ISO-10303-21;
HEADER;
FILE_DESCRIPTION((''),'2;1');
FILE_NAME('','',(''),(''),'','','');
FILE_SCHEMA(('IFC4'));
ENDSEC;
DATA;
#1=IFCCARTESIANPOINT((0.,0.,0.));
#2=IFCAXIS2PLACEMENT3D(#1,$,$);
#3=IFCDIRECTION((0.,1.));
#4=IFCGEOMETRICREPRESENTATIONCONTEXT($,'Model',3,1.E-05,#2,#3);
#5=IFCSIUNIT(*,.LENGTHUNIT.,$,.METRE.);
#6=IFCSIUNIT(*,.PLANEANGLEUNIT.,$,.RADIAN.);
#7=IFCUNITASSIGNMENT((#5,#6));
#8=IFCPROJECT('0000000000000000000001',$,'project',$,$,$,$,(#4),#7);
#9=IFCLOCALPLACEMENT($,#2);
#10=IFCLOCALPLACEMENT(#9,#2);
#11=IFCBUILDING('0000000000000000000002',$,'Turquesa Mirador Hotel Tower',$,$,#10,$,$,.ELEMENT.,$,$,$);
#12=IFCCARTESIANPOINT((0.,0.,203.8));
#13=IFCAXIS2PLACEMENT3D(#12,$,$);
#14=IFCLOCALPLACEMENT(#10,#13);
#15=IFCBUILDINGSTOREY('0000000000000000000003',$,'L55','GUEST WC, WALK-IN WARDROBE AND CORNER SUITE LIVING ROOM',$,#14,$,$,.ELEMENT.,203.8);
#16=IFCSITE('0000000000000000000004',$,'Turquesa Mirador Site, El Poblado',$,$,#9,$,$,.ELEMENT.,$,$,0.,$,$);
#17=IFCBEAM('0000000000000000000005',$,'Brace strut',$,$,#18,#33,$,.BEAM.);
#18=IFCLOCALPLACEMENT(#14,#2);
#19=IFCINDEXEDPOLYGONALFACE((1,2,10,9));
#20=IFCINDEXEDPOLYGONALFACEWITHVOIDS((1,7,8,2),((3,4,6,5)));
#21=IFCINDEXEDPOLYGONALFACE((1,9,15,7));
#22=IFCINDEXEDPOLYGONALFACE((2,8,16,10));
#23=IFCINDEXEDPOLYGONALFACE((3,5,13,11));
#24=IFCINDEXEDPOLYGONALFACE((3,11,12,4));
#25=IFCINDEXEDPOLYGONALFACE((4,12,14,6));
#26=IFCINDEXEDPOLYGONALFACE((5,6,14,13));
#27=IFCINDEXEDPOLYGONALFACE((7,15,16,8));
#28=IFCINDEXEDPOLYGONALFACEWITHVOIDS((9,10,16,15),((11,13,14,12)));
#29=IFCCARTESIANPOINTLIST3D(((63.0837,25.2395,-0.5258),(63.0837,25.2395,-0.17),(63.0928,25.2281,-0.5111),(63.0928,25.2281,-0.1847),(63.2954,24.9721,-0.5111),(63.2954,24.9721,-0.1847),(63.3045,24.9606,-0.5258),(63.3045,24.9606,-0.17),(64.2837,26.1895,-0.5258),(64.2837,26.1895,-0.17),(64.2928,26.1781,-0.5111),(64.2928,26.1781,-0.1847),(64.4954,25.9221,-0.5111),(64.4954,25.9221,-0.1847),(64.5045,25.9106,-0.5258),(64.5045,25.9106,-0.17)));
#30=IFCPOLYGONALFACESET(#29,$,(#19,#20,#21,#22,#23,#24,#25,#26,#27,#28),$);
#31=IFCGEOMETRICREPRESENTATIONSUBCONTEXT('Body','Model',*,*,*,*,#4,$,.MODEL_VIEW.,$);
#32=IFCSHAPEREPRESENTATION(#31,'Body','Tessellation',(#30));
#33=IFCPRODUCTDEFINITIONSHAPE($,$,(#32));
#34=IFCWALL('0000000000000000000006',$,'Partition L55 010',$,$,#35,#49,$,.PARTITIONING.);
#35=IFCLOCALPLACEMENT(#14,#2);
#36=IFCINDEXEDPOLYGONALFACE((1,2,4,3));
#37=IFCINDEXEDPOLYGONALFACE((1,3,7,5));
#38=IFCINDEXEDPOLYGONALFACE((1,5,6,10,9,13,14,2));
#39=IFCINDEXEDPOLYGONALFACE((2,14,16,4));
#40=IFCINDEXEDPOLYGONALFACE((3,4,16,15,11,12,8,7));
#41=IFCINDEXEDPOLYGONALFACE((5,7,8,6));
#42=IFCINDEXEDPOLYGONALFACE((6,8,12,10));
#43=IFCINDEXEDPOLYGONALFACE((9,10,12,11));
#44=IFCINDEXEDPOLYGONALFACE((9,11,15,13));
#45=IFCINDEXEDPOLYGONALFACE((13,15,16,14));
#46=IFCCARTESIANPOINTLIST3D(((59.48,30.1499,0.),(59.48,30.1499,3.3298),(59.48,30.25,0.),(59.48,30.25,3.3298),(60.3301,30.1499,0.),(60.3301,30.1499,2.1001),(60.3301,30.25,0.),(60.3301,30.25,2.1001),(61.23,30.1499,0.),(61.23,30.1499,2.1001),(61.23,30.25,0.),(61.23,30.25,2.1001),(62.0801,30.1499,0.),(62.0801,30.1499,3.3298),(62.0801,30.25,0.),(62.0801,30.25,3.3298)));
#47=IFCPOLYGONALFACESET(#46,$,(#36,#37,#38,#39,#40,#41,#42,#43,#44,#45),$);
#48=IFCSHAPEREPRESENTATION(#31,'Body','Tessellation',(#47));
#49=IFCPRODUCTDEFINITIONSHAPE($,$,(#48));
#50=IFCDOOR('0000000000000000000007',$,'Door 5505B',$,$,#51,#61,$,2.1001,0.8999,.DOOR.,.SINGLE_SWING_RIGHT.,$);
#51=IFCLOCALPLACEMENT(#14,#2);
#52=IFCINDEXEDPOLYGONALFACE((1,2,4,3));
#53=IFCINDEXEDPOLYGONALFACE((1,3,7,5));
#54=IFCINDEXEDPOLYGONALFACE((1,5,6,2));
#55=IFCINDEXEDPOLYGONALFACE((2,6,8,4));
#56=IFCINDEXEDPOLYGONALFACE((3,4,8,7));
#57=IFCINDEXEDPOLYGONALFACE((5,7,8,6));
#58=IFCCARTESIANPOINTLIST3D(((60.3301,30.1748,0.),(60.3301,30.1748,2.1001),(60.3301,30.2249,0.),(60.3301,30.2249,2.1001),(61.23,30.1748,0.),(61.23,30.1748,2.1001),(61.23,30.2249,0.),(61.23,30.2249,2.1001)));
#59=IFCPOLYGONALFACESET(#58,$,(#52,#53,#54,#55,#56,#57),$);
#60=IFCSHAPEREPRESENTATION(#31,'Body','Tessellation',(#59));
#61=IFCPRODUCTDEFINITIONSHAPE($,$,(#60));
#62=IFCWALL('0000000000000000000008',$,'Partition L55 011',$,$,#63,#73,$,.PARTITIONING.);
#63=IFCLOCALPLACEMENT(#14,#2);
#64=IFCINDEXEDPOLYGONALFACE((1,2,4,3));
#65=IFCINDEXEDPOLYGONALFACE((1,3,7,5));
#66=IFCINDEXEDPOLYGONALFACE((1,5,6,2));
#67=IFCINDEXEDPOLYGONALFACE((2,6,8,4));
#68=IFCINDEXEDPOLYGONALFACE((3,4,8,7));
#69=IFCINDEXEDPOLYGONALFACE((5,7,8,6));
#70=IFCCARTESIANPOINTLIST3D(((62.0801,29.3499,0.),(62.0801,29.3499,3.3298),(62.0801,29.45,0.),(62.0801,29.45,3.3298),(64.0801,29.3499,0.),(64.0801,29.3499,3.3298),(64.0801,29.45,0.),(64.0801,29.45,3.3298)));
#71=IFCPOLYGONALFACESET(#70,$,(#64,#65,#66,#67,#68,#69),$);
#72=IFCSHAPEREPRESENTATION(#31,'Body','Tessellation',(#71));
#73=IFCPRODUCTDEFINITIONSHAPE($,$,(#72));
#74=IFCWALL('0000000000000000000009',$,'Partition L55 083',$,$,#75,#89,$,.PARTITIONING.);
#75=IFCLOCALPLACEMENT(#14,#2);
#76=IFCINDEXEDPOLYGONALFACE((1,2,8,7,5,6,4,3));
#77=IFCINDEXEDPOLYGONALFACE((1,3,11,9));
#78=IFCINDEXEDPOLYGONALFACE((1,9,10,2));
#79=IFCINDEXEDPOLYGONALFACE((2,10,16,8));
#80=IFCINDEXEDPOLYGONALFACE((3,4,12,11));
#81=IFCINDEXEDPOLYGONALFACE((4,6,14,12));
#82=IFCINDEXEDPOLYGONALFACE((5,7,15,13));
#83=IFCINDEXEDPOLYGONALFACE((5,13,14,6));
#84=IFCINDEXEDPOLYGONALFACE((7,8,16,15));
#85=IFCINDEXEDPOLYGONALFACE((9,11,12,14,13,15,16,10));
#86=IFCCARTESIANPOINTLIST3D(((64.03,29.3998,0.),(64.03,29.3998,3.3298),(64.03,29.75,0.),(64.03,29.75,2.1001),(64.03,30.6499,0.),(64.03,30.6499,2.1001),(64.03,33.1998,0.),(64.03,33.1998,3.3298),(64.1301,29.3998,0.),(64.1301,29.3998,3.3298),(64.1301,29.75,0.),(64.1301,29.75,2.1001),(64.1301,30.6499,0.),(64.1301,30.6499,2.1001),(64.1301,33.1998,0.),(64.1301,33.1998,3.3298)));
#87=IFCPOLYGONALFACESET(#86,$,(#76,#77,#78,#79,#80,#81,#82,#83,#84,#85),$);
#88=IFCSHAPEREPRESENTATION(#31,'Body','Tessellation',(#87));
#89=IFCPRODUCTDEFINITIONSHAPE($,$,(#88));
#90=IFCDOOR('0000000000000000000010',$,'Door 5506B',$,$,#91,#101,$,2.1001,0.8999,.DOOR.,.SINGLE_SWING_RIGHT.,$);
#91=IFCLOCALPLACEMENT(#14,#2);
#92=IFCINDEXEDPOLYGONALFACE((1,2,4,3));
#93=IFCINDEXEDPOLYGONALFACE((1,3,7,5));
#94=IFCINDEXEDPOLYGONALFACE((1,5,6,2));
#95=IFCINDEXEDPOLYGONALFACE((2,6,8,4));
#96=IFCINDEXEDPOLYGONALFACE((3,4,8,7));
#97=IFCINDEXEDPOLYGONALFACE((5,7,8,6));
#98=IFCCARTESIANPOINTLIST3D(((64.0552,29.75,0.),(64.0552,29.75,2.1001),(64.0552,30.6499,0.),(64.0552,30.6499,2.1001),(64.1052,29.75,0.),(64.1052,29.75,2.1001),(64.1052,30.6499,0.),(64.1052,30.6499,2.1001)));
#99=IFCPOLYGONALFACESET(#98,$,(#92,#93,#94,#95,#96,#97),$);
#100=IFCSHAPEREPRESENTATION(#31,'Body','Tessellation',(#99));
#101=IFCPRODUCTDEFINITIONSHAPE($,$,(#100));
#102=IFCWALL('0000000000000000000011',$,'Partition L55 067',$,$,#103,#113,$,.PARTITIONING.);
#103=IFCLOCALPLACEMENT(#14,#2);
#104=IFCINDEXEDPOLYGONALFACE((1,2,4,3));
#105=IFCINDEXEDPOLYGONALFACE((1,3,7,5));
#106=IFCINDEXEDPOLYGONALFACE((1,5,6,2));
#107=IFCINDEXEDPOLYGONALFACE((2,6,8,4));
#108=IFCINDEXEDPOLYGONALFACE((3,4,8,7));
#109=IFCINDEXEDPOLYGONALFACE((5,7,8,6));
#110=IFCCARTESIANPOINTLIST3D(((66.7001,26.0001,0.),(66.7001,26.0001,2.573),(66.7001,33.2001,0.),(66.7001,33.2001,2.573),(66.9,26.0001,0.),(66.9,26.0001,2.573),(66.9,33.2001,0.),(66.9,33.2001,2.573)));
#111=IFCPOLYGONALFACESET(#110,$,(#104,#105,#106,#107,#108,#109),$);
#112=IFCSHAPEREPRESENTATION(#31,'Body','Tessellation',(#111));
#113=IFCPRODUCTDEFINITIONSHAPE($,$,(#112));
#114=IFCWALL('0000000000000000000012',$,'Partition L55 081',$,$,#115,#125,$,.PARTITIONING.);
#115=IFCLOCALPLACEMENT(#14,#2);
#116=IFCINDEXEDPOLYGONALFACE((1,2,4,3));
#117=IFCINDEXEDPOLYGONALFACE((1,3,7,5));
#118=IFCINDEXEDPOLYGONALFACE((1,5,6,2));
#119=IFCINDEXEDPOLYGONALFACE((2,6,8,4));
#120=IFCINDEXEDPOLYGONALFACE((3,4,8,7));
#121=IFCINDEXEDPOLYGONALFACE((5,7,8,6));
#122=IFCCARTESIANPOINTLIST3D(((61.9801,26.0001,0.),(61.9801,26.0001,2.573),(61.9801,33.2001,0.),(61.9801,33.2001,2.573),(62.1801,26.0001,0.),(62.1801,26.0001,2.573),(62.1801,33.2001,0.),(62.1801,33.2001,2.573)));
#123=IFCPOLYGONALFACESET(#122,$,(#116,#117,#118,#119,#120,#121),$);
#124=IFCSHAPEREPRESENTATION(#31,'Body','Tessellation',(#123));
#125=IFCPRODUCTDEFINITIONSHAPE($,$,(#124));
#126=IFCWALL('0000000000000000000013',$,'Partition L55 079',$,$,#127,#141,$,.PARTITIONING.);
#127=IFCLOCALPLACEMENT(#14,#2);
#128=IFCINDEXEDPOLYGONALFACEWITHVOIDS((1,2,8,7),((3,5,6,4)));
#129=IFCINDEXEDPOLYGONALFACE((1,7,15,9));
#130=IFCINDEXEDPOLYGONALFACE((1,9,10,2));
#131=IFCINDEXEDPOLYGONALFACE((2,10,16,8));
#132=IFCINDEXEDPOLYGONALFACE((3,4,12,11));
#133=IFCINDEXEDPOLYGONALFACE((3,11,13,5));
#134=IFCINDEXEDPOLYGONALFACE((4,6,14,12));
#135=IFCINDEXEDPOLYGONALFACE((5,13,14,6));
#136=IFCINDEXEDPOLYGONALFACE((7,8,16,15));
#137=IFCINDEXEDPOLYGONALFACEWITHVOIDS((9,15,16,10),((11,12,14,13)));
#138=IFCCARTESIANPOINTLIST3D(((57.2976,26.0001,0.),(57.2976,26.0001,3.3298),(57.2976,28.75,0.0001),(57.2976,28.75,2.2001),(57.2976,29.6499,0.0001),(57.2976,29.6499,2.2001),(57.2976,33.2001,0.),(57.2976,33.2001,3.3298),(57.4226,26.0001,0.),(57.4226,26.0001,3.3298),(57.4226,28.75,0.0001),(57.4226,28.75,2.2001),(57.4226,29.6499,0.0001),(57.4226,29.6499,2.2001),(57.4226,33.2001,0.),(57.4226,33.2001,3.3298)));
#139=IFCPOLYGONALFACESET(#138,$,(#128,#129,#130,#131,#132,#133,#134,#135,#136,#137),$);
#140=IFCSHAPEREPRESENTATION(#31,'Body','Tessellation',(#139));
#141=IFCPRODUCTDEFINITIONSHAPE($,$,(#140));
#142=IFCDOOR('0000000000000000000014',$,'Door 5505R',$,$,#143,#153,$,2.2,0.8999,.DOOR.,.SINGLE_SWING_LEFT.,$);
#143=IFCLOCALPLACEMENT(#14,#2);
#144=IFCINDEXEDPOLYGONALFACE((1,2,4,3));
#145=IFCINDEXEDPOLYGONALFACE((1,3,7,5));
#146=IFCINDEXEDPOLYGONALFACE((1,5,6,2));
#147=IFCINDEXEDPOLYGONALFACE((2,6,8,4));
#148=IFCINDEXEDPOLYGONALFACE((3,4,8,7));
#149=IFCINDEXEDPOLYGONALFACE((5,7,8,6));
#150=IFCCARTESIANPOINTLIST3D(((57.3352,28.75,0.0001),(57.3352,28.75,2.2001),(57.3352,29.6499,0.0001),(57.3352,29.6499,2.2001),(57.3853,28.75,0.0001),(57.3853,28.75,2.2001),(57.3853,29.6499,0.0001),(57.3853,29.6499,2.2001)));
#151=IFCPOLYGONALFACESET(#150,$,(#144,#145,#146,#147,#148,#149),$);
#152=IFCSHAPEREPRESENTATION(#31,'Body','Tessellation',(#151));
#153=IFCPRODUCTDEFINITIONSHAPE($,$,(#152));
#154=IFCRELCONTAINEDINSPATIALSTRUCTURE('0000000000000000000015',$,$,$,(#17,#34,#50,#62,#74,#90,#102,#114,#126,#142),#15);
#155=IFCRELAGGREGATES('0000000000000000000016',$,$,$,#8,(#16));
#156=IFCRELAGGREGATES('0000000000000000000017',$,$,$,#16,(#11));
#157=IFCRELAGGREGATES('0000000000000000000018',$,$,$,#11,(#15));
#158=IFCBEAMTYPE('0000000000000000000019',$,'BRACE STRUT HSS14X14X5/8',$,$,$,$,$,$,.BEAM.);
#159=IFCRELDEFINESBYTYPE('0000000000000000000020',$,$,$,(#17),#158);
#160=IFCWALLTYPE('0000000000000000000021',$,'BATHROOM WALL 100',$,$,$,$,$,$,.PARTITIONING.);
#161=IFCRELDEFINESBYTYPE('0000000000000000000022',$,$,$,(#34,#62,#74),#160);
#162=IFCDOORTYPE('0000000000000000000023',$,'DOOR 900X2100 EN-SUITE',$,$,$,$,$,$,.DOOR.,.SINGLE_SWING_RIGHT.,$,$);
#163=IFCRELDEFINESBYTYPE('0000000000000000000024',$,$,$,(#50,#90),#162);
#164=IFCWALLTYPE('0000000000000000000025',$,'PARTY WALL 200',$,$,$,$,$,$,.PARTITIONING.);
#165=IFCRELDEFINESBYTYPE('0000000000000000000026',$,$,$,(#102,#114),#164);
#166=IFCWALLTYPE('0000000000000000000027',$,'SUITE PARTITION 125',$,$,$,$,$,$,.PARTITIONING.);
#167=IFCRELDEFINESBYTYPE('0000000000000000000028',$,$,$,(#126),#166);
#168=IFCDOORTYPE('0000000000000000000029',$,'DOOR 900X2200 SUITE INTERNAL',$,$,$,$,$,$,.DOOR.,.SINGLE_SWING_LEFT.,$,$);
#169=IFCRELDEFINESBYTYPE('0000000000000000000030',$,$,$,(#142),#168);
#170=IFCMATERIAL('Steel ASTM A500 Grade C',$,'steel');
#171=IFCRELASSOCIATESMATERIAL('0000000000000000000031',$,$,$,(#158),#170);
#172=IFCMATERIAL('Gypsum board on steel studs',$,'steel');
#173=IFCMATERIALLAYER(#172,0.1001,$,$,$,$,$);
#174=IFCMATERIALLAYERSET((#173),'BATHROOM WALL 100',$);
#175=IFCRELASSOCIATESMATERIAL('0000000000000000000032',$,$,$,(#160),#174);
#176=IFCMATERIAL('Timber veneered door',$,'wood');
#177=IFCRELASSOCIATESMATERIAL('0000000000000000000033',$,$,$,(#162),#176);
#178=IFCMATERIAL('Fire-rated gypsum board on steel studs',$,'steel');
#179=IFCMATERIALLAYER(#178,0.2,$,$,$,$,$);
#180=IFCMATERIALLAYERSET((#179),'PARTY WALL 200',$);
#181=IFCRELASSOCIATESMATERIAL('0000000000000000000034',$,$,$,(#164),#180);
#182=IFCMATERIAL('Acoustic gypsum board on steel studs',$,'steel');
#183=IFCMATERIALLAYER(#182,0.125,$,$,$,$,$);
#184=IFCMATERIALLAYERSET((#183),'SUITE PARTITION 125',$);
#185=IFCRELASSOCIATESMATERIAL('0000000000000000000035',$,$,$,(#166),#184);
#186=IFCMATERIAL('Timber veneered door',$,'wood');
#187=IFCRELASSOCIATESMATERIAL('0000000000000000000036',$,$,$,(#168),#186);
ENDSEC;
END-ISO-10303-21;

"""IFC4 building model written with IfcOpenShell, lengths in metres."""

from ifc_helpers import new_model, si_unit, direction, frame, frame_2d, origin, origin_2d, place, context, subcontext, project, spatial, rectangle, hollow_rectangle, extrude, material, layer, layer_set, material_profile, profile_set, type_object, element, fill, save


model = new_model("IFC4")

# Units and contexts
model_context = context("Model", 3, precision=1e-05, world=origin(), true_north=direction((0.0, 1.0)))
body_context = subcontext(model_context, "Body", "Model", "MODEL_VIEW")
ifc_project = project(units=[si_unit("LENGTHUNIT", "METRE"), si_unit("PLANEANGLEUNIT", "RADIAN")], contexts=[model_context])

# Site, building, storey
site_placement = place(None, origin())
site = spatial("IfcSite", under=ifc_project, at=site_placement, Name="Turquesa Mirador Site, El Poblado", CompositionType="ELEMENT", RefElevation=0.0)
building_placement = place(site_placement, origin())
building = spatial("IfcBuilding", under=site, at=building_placement, Name="Turquesa Mirador Hotel Tower", CompositionType="ELEMENT")
storey_placement = place(building_placement, frame((0.0, 0.0, 203.8)))
storey = spatial("IfcBuildingStorey", under=building, at=storey_placement, Name="L55", Description="GUEST WC, WALK-IN WARDROBE AND CORNER SUITE LIVING ROOM", CompositionType="ELEMENT", Elevation=203.8)

# Beam
ifc_material_1 = material(Name="Steel ASTM A500 Grade C", Category="steel")
ifc_material_profile_1 = material_profile(ifc_material_1, hollow_rectangle(XDim=0.3557, YDim=0.3557, WallThickness=0.0146, at=origin_2d()), Name="HSS14X14X5/8")
ifc_profile_set_1 = profile_set([ifc_material_profile_1], Name="Steel ASTM A500 Grade C")
beam_type_1 = type_object("IfcBeamType", Name="BRACE STRUT HSS14X14X5/8", PredefinedType="BEAM", material=ifc_profile_set_1)
for number, where, z_axis, x_axis, name in (
    (1, (63.1941, 25.1001, -0.3479), (0.784049, 0.620699, 0.0), (-0.620699, 0.784049, 0.0), "Brace strut"),
):
    element("IfcBeam", number, at=place(storey_placement, frame(where, z_axis=z_axis, x_axis=x_axis)), inside=storey, type_object=beam_type_1, Name=name, PredefinedType="BEAM", context=body_context, shape_type="SweptSolid", body=[
        extrude(hollow_rectangle(XDim=0.3557, YDim=0.3557, WallThickness=0.0146, at=origin_2d()), origin(), (0.0, 0.0, 1.0), 1.5305),
    ])

# Wall, opening, door
ifc_material_2 = material(Name="Gypsum board on steel studs", Category="steel")
ifc_layer_1 = layer(ifc_material_2, 0.1001)
ifc_layer_set_1 = layer_set([ifc_layer_1], Name="BATHROOM WALL 100")
wall_type_1 = type_object("IfcWallType", Name="BATHROOM WALL 100", PredefinedType="PARTITIONING", material=ifc_layer_set_1)
wall_1_placement = place(storey_placement, frame((59.48, 30.2, 0.0), z_axis=(0.0, 0.0, 1.0), x_axis=(1.0, 0.0, 0.0)))
wall_1 = element("IfcWall", 2, at=wall_1_placement, inside=storey, type_object=wall_type_1, Name="Partition L55 010", PredefinedType="PARTITIONING", context=body_context, shape_type="SweptSolid", body=[
    extrude(rectangle(XDim=2.6001, YDim=0.1001, at=frame_2d((1.3, 0.0))), origin(), (0.0, 0.0, 1.0), 3.3298),
])
opening_1_placement = place(wall_1_placement, frame((0.8501, 0.0, 0.0)))
opening_1 = element("IfcOpeningElement", 3, at=opening_1_placement, cuts=wall_1, PredefinedType="OPENING", context=body_context, shape_type="SweptSolid", body=[
    extrude(rectangle(XDim=0.8999, YDim=2.1001, at=frame_2d((0.45, 1.05))), frame((0.0, 0.0601, 0.0), z_axis=(0.0, -1.0, 0.0), x_axis=(1.0, 0.0, 0.0)), (0.0, 0.0, 1.0), 0.1201),
])
ifc_material_3 = material(Name="Timber veneered door", Category="wood")
door_type_1 = type_object("IfcDoorType", Name="DOOR 900X2100 EN-SUITE", OperationType="SINGLE_SWING_RIGHT", PredefinedType="DOOR", material=ifc_material_3)
door_1_placement = place(opening_1_placement, origin())
door_1 = element("IfcDoor", 4, at=door_1_placement, inside=storey, type_object=door_type_1, Name="Door 5505B", OperationType="SINGLE_SWING_RIGHT", OverallHeight=2.1001, OverallWidth=0.8999, PredefinedType="DOOR", context=body_context, shape_type="SweptSolid", body=[
    extrude(rectangle(XDim=0.8999, YDim=2.1001, at=frame_2d((0.45, 1.05))), frame((0.0, 0.0249, 0.0), z_axis=(0.0, -1.0, 0.0), x_axis=(1.0, 0.0, 0.0)), (0.0, 0.0, 1.0), 0.05),
])
fill(opening_1, door_1)

# Wall
wall_2_placement = place(storey_placement, frame((62.0801, 29.3999, 0.0), z_axis=(0.0, 0.0, 1.0), x_axis=(1.0, 0.0, 0.0)))
element("IfcWall", 5, at=wall_2_placement, inside=storey, type_object=wall_type_1, Name="Partition L55 011", PredefinedType="PARTITIONING", context=body_context, shape_type="SweptSolid", body=[
    extrude(rectangle(XDim=2.0, YDim=0.1001, at=frame_2d((1.0, 0.0))), origin(), (0.0, 0.0, 1.0), 3.3298),
])

# Wall, opening, door
wall_3_placement = place(storey_placement, frame((64.0801, 29.3999, 0.0), z_axis=(0.0, 0.0, 1.0), x_axis=(0.0, 1.0, 0.0)))
wall_3 = element("IfcWall", 6, at=wall_3_placement, inside=storey, type_object=wall_type_1, Name="Partition L55 083", PredefinedType="PARTITIONING", context=body_context, shape_type="SweptSolid", body=[
    extrude(rectangle(XDim=3.8, YDim=0.1001, at=frame_2d((1.8999, 0.0))), origin(), (0.0, 0.0, 1.0), 3.3298),
])
opening_2_placement = place(wall_3_placement, frame((0.3501, 0.0, 0.0)))
opening_2 = element("IfcOpeningElement", 7, at=opening_2_placement, cuts=wall_3, PredefinedType="OPENING", context=body_context, shape_type="SweptSolid", body=[
    extrude(rectangle(XDim=0.8999, YDim=2.1001, at=frame_2d((0.45, 1.05))), frame((0.0, 0.0601, 0.0), z_axis=(0.0, -1.0, 0.0), x_axis=(1.0, 0.0, 0.0)), (0.0, 0.0, 1.0), 0.1201),
])
door_2_placement = place(opening_2_placement, origin())
door_2 = element("IfcDoor", 8, at=door_2_placement, inside=storey, type_object=door_type_1, Name="Door 5506B", OperationType="SINGLE_SWING_RIGHT", OverallHeight=2.1001, OverallWidth=0.8999, PredefinedType="DOOR", context=body_context, shape_type="SweptSolid", body=[
    extrude(rectangle(XDim=0.8999, YDim=2.1001, at=frame_2d((0.45, 1.05))), frame((0.0, 0.0249, 0.0), z_axis=(0.0, -1.0, 0.0), x_axis=(1.0, 0.0, 0.0)), (0.0, 0.0, 1.0), 0.05),
])
fill(opening_2, door_2)

# Walls
ifc_material_4 = material(Name="Fire-rated gypsum board on steel studs", Category="steel")
ifc_layer_2 = layer(ifc_material_4, 0.2)
ifc_layer_set_2 = layer_set([ifc_layer_2], Name="PARTY WALL 200")
wall_type_2 = type_object("IfcWallType", Name="PARTY WALL 200", PredefinedType="PARTITIONING", material=ifc_layer_set_2)
for number, where, z_axis, x_axis, name in (
    (9, (66.8, 26.0, 0.0), (0.0, 0.0, 1.0), (0.0, 1.0, 0.0), "Partition L55 067"),
    (10, (62.0801, 26.0, 0.0), (0.0, 0.0, 1.0), (0.0, 1.0, 0.0), "Partition L55 081"),
):
    element("IfcWall", number, at=place(storey_placement, frame(where, z_axis=z_axis, x_axis=x_axis)), inside=storey, type_object=wall_type_2, Name=name, PredefinedType="PARTITIONING", context=body_context, shape_type="SweptSolid", body=[
        extrude(rectangle(XDim=7.2, YDim=0.2, at=frame_2d((3.6001, 0.0))), origin(), (0.0, 0.0, 1.0), 2.573),
    ])

# Wall, opening, door
ifc_material_5 = material(Name="Acoustic gypsum board on steel studs", Category="steel")
ifc_layer_3 = layer(ifc_material_5, 0.125)
ifc_layer_set_3 = layer_set([ifc_layer_3], Name="SUITE PARTITION 125")
wall_type_3 = type_object("IfcWallType", Name="SUITE PARTITION 125", PredefinedType="PARTITIONING", material=ifc_layer_set_3)
wall_4_placement = place(storey_placement, frame((57.3601, 26.0, 0.0), z_axis=(0.0, 0.0, 1.0), x_axis=(0.0, 1.0, 0.0)))
wall_4 = element("IfcWall", 11, at=wall_4_placement, inside=storey, type_object=wall_type_3, Name="Partition L55 079", PredefinedType="PARTITIONING", context=body_context, shape_type="SweptSolid", body=[
    extrude(rectangle(XDim=7.2, YDim=0.125, at=frame_2d((3.6001, 0.0))), origin(), (0.0, 0.0, 1.0), 3.3298),
])
opening_3_placement = place(wall_4_placement, frame((2.75, 0.0, 0.0)))
opening_3 = element("IfcOpeningElement", 12, at=opening_3_placement, cuts=wall_4, PredefinedType="OPENING", context=body_context, shape_type="SweptSolid", body=[
    extrude(rectangle(XDim=0.8999, YDim=2.2, at=frame_2d((0.45, 1.1001))), frame((0.0, 0.0725, 0.0), z_axis=(0.0, -1.0, 0.0), x_axis=(1.0, 0.0, 0.0)), (0.0, 0.0, 1.0), 0.145),
])
ifc_material_6 = material(Name="Timber veneered door", Category="wood")
door_type_2 = type_object("IfcDoorType", Name="DOOR 900X2200 SUITE INTERNAL", OperationType="SINGLE_SWING_LEFT", PredefinedType="DOOR", material=ifc_material_6)
door_3_placement = place(opening_3_placement, origin())
door_3 = element("IfcDoor", 13, at=door_3_placement, inside=storey, type_object=door_type_2, Name="Door 5505R", OperationType="SINGLE_SWING_LEFT", OverallHeight=2.2, OverallWidth=0.8999, PredefinedType="DOOR", context=body_context, shape_type="SweptSolid", body=[
    extrude(rectangle(XDim=0.8999, YDim=2.2, at=frame_2d((0.45, 1.1001))), frame((0.0, 0.0249, 0.0), z_axis=(0.0, -1.0, 0.0), x_axis=(1.0, 0.0, 0.0)), (0.0, 0.0, 1.0), 0.05),
])
fill(opening_3, door_3)

save(model, "model.ifc")
